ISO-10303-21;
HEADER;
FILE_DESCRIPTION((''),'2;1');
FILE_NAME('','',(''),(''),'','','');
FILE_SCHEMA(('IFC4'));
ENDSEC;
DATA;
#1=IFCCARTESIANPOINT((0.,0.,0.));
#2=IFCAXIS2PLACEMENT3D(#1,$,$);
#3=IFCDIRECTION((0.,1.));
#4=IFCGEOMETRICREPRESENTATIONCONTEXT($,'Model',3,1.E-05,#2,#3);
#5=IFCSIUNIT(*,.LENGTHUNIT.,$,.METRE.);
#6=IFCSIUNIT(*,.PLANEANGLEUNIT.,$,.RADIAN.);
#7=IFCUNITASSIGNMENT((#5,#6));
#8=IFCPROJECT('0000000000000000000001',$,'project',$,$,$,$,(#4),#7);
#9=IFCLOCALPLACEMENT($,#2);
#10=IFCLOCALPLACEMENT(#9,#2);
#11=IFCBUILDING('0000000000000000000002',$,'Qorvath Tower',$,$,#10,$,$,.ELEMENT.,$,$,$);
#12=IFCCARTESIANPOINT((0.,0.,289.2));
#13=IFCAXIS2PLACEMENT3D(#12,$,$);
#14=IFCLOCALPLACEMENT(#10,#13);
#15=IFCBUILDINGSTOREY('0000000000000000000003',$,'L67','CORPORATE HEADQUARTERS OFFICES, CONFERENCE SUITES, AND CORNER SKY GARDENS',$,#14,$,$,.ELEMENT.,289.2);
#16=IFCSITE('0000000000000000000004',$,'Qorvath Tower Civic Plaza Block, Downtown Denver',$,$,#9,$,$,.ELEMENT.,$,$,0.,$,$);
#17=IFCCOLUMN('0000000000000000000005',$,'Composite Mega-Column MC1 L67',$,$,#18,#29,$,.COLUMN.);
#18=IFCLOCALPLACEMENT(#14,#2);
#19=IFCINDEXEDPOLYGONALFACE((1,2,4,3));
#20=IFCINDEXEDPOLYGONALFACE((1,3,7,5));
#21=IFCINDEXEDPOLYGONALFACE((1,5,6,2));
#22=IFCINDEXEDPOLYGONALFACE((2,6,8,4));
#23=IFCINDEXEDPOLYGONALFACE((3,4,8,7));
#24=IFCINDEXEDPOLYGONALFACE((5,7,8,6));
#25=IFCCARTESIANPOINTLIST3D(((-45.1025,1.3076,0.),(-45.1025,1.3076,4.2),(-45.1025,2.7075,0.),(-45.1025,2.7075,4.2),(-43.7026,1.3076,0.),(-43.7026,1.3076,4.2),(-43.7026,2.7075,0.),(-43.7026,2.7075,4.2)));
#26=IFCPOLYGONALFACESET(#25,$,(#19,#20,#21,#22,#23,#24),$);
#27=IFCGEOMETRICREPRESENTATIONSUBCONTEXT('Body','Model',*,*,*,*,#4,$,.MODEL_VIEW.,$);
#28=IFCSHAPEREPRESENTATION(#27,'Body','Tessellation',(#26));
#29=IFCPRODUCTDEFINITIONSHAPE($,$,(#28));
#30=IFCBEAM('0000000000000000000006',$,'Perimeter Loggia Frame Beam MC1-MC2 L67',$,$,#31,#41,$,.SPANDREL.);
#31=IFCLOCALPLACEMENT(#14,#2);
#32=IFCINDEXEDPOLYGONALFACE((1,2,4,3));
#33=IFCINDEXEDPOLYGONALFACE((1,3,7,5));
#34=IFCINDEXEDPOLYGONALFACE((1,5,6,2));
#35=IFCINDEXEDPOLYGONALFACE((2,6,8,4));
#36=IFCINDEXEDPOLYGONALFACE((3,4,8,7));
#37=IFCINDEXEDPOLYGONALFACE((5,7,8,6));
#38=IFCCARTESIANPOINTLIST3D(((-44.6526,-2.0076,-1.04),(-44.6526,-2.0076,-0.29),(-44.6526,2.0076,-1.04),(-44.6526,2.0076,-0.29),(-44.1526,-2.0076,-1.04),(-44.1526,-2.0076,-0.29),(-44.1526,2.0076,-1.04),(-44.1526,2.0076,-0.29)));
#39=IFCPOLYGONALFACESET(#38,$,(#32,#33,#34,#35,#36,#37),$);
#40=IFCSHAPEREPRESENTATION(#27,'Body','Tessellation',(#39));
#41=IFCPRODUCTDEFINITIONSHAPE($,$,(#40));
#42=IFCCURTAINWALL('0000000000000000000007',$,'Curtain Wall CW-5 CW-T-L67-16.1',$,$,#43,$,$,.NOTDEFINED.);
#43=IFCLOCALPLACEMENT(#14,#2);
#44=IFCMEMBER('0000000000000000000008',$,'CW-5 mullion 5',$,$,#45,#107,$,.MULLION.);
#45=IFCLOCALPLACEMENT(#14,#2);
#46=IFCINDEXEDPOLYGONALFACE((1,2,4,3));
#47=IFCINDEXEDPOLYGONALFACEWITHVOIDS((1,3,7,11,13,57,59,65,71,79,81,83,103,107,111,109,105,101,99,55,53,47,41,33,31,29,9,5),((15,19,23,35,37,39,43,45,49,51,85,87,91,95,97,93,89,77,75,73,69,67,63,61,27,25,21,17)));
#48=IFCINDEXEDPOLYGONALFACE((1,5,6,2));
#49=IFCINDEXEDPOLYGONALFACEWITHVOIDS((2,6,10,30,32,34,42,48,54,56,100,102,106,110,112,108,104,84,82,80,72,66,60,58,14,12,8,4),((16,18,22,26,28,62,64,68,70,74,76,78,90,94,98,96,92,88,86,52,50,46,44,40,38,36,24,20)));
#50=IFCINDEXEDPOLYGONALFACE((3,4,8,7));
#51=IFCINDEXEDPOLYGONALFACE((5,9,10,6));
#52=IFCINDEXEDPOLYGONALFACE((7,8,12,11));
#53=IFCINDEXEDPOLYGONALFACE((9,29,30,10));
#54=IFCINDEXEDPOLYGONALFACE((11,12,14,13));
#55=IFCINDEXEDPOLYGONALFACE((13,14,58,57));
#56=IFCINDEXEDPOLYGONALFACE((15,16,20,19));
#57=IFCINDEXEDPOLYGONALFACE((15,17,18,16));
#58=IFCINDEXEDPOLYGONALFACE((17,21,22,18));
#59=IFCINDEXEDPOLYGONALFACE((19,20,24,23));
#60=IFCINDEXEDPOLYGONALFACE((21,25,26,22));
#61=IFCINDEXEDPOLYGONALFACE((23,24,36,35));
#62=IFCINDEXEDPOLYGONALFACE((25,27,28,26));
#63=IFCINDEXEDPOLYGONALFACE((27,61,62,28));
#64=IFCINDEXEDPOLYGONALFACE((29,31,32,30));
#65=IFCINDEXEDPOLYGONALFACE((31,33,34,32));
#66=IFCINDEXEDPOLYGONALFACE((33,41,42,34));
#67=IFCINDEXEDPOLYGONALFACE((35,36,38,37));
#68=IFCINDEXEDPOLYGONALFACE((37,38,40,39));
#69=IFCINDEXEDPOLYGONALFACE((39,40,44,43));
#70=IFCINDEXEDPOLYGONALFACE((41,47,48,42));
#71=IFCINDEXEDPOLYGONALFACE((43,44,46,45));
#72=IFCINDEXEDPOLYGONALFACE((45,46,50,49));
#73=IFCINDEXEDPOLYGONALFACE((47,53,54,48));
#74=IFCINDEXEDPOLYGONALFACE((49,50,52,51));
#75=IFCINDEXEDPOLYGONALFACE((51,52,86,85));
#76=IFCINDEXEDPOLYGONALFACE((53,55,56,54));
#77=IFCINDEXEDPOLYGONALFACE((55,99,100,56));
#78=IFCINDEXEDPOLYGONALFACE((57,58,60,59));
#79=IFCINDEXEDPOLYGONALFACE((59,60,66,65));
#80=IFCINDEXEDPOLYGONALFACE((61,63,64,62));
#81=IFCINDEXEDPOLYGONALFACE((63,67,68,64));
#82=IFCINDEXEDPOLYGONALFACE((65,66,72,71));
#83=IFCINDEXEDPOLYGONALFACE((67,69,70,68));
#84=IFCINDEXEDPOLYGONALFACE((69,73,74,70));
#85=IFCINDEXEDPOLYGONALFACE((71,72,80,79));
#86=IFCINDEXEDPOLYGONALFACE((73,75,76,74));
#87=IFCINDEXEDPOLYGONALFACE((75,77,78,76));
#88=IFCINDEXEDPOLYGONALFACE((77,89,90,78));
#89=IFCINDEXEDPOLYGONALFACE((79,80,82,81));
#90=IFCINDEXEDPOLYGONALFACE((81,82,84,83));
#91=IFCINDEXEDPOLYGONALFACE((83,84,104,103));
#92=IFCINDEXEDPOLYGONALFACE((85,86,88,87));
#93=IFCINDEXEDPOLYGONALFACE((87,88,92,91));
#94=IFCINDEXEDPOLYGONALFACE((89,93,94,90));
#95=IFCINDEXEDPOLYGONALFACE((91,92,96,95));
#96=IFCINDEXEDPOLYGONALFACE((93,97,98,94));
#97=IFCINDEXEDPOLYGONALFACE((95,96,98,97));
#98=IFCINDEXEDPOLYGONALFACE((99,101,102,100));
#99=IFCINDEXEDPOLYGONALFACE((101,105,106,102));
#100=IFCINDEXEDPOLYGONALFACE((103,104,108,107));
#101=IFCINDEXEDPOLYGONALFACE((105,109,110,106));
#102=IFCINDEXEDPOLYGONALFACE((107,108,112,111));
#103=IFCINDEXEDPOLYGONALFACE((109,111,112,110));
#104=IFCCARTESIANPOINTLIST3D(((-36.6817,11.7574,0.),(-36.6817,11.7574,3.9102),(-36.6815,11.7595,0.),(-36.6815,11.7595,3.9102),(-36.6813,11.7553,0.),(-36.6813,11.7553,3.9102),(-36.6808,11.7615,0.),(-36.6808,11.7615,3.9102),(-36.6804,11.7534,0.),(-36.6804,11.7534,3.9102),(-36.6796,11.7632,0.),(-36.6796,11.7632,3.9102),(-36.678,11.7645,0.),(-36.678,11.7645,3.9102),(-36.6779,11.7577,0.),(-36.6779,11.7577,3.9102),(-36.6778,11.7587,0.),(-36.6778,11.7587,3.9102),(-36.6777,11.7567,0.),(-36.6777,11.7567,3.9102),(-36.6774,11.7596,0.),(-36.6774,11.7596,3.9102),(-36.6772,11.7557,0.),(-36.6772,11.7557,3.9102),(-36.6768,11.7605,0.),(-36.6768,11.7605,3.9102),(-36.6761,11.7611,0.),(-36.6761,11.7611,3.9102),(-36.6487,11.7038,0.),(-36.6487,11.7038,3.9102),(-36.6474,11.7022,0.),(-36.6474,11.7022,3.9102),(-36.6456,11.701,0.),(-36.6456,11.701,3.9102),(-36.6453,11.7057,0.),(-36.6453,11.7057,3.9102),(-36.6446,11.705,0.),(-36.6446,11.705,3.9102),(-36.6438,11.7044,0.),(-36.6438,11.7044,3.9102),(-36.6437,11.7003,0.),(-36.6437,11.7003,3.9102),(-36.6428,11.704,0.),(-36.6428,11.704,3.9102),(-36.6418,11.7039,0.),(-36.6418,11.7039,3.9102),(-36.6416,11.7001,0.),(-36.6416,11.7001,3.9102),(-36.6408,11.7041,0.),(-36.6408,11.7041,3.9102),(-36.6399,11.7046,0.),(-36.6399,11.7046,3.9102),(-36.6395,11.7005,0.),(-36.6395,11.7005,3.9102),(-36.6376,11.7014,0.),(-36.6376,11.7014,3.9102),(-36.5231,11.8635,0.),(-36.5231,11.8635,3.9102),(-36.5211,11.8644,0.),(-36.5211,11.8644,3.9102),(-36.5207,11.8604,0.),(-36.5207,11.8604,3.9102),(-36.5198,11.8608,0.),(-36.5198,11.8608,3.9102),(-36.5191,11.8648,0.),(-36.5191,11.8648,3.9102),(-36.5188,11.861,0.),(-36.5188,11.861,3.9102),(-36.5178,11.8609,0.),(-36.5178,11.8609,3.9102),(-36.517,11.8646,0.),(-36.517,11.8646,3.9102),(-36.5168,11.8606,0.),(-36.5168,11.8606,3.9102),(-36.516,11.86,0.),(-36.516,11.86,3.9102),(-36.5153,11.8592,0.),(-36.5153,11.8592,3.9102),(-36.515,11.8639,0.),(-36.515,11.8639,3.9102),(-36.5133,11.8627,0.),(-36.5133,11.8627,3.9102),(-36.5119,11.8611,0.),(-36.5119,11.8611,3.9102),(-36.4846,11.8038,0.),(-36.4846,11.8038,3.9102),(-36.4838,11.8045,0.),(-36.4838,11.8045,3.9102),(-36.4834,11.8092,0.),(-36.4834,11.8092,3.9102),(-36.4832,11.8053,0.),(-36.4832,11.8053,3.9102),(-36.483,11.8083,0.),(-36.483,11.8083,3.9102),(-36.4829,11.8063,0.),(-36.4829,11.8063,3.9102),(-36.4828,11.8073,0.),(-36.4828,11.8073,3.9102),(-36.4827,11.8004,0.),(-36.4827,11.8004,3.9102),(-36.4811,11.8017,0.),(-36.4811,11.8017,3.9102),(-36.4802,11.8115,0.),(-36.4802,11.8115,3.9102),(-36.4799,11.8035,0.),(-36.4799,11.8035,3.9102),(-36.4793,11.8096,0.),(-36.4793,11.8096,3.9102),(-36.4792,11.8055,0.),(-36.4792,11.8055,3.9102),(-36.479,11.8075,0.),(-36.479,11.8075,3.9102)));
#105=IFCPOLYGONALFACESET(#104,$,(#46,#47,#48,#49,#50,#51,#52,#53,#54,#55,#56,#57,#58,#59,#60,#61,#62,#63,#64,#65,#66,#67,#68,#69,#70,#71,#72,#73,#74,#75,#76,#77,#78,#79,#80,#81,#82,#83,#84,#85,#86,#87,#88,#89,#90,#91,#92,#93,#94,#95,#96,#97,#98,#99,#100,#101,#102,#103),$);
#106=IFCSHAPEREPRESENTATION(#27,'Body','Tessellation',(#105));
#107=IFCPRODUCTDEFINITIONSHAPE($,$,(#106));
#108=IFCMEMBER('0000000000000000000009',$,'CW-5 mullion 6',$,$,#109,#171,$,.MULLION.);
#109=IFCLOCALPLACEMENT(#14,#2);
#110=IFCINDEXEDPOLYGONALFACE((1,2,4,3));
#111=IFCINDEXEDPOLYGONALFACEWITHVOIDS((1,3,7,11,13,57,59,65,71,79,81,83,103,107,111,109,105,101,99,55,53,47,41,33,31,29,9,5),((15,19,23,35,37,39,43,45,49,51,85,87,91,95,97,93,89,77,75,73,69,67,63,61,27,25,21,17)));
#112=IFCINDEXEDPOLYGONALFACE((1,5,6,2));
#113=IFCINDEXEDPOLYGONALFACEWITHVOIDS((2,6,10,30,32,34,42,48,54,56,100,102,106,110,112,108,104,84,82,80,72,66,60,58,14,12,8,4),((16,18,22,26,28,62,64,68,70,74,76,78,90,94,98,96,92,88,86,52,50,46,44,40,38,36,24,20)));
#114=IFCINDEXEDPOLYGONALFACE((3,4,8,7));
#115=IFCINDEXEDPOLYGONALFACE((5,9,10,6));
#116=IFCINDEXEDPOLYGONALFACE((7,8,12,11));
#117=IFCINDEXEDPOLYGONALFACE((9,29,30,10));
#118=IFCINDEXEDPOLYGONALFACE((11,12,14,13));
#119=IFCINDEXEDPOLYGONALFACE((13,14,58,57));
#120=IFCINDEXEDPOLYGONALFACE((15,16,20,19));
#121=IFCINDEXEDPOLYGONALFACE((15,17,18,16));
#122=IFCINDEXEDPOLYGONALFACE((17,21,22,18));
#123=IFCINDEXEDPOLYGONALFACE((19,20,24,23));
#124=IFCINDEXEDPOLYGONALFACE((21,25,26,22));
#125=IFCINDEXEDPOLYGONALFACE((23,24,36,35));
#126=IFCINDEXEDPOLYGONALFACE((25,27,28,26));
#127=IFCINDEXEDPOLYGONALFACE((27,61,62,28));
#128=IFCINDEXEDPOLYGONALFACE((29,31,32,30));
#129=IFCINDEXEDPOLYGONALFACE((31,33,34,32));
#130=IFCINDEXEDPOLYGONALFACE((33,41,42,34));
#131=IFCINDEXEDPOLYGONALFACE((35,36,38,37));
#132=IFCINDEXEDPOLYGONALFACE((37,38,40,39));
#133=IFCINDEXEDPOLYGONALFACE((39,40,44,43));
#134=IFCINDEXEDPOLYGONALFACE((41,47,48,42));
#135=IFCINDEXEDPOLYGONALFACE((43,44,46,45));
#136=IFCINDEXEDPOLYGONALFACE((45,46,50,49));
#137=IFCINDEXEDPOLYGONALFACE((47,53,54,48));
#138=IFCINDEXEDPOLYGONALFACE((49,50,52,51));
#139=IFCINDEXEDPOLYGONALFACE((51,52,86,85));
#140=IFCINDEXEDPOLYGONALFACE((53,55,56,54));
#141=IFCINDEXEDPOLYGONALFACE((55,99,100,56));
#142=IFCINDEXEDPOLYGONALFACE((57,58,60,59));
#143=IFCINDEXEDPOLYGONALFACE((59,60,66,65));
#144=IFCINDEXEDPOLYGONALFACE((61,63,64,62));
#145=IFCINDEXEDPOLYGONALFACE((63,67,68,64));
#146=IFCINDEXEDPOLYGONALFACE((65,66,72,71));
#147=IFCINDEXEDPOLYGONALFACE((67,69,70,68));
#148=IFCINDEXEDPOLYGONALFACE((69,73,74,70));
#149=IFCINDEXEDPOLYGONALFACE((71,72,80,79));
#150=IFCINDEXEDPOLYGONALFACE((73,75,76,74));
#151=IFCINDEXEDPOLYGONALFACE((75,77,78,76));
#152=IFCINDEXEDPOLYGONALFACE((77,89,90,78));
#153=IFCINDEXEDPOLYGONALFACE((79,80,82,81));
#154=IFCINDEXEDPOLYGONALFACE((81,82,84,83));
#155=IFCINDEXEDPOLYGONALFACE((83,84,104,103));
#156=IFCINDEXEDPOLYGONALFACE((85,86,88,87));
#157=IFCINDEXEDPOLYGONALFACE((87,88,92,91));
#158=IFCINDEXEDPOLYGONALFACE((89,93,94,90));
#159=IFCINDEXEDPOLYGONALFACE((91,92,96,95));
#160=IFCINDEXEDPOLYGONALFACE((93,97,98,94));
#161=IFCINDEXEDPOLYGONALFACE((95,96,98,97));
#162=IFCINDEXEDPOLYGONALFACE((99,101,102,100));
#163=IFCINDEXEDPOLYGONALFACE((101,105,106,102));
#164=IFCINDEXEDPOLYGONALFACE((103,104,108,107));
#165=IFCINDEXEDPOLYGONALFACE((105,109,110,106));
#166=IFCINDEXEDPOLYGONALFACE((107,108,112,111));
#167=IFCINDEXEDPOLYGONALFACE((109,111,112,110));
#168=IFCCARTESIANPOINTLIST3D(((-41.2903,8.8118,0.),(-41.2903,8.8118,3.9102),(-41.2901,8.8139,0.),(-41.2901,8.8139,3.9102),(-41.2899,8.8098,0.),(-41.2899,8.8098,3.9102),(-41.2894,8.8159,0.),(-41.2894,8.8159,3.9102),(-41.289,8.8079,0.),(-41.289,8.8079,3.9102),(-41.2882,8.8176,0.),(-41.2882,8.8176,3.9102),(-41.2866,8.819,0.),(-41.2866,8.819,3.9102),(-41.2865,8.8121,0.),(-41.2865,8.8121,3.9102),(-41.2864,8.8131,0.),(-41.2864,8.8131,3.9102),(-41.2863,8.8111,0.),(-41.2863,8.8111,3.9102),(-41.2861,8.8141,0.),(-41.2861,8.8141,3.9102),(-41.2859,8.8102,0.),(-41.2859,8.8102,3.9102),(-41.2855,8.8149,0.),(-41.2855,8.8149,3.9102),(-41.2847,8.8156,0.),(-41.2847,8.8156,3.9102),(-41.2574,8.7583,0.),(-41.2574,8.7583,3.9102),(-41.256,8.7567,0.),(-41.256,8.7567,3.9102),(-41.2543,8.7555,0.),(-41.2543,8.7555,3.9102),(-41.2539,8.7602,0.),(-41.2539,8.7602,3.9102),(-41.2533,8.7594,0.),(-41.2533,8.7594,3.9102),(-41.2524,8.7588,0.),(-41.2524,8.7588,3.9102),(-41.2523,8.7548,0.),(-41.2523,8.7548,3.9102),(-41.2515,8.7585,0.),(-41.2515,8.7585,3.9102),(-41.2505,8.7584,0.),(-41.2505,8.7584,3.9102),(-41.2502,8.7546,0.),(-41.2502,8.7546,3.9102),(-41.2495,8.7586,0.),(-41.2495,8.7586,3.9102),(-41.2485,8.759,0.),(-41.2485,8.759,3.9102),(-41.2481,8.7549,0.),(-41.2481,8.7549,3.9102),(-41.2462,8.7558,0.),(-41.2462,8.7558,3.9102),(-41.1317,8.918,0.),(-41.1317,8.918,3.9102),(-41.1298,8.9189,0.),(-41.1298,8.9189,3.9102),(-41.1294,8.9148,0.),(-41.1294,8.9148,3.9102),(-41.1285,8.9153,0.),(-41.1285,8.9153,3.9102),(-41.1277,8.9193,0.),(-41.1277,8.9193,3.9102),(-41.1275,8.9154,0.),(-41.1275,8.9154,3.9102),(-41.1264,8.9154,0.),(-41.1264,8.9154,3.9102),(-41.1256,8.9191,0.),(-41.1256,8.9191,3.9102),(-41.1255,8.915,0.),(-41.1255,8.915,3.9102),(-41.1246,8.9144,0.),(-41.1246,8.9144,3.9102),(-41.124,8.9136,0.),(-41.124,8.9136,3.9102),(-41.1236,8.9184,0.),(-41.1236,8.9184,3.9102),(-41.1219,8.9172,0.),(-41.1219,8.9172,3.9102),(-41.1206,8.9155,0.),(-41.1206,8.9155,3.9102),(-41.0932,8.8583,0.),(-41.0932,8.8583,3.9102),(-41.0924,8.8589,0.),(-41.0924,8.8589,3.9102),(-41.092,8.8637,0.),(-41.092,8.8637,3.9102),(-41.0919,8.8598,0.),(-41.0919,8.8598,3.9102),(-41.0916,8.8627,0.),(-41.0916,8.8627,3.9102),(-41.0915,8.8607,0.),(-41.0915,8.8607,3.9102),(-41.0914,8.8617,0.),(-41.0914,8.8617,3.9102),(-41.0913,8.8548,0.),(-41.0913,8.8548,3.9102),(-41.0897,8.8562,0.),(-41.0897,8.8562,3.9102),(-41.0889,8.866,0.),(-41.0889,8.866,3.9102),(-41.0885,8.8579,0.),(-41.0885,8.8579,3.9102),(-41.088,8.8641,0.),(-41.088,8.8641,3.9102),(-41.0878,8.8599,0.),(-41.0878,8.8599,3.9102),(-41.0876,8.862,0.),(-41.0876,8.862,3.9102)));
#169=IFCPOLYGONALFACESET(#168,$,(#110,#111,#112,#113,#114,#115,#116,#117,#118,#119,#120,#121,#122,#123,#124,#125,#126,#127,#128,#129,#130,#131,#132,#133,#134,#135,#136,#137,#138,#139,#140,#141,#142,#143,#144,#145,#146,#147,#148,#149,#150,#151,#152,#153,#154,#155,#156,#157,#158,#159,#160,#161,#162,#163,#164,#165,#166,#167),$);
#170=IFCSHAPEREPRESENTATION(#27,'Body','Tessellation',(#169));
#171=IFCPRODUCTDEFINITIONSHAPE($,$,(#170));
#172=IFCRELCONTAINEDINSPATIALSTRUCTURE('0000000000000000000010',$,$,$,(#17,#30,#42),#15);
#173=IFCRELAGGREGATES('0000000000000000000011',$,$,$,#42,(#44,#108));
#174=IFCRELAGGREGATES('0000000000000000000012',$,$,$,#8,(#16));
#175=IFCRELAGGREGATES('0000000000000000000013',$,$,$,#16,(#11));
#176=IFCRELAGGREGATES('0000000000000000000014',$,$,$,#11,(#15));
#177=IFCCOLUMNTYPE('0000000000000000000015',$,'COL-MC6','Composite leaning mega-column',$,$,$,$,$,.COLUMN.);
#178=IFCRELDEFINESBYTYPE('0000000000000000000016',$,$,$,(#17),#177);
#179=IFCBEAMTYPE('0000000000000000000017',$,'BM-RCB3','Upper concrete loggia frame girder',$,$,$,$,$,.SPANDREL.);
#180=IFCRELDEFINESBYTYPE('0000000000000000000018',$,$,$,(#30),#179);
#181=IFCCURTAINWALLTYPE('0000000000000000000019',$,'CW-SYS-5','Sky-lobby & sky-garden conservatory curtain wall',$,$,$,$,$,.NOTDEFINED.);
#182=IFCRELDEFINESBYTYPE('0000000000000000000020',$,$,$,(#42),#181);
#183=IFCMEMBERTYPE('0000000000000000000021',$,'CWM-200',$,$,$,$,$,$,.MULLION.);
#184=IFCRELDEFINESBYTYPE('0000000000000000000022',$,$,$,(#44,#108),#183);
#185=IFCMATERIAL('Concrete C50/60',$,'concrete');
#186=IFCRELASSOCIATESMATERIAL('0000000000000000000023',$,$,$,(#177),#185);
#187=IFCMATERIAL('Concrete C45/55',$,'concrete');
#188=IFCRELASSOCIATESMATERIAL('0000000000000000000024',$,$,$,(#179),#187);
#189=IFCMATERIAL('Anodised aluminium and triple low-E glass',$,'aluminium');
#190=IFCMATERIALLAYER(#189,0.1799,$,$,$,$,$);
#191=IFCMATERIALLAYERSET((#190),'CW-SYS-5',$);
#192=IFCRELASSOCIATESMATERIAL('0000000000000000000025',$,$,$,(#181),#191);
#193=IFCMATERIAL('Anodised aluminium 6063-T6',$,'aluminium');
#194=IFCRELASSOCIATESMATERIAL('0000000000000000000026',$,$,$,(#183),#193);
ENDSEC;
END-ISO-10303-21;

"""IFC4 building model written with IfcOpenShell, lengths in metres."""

from ifc_helpers import new_model, si_unit, direction, frame, origin, origin_2d, place, context, subcontext, project, spatial, rectangle, hollow_rectangle, extrude, material, layer, layer_set, material_profile, profile_set, type_object, element, aggregate, save


model = new_model("IFC4")

# Units and contexts
model_context = context("Model", 3, precision=1e-05, world=origin(), true_north=direction((0.0, 1.0)))
body_context = subcontext(model_context, "Body", "Model", "MODEL_VIEW")
ifc_project = project(units=[si_unit("LENGTHUNIT", "METRE"), si_unit("PLANEANGLEUNIT", "RADIAN")], contexts=[model_context])

# Site, building, storey
site_placement = place(None, origin())
site = spatial("IfcSite", under=ifc_project, at=site_placement, Name="Qorvath Tower Civic Plaza Block, Downtown Denver", CompositionType="ELEMENT", RefElevation=0.0)
building_placement = place(site_placement, origin())
building = spatial("IfcBuilding", under=site, at=building_placement, Name="Qorvath Tower", CompositionType="ELEMENT")
storey_placement = place(building_placement, frame((0.0, 0.0, 289.2)))
storey = spatial("IfcBuildingStorey", under=building, at=storey_placement, Name="L67", Description="CORPORATE HEADQUARTERS OFFICES, CONFERENCE SUITES, AND CORNER SKY GARDENS", CompositionType="ELEMENT", Elevation=289.2)

# Column
ifc_material_1 = material(Name="Concrete C50/60", Category="concrete")
ifc_material_profile_1 = material_profile(ifc_material_1, rectangle(XDim=1.3999, YDim=1.3999, at=origin_2d()), Name="MC 1400x1400")
ifc_profile_set_1 = profile_set([ifc_material_profile_1], Name="Concrete C50/60")
column_type = type_object("IfcColumnType", Name="COL-MC6", Description="Composite leaning mega-column", PredefinedType="COLUMN", material=ifc_profile_set_1)
column_placement = place(storey_placement, frame((-44.4026, 2.0076, 0.0), z_axis=(0.0, 0.0, 1.0), x_axis=(1.0, 0.0, 0.0)))
element("IfcColumn", 1, at=column_placement, inside=storey, type_object=column_type, Name="Composite Mega-Column MC1 L67", PredefinedType="COLUMN", context=body_context, shape_type="SweptSolid", body=[
    extrude(rectangle(XDim=1.3999, YDim=1.3999, at=origin_2d()), origin(), (0.0, 0.0, 1.0), 4.2),
])

# Beam
ifc_material_2 = material(Name="Concrete C45/55", Category="concrete")
ifc_material_profile_2 = material_profile(ifc_material_2, rectangle(XDim=0.5, YDim=0.75, at=origin_2d()), Name="RCB 750x500")
ifc_profile_set_2 = profile_set([ifc_material_profile_2], Name="Concrete C45/55")
beam_type = type_object("IfcBeamType", Name="BM-RCB3", Description="Upper concrete loggia frame girder", PredefinedType="SPANDREL", material=ifc_profile_set_2)
beam_placement = place(storey_placement, frame((-44.4026, 2.0076, -0.665), z_axis=(0.0, -1.0, 0.0), x_axis=(1.0, 0.0, 0.0)))
element("IfcBeam", 2, at=beam_placement, inside=storey, type_object=beam_type, Name="Perimeter Loggia Frame Beam MC1-MC2 L67", PredefinedType="SPANDREL", context=body_context, shape_type="SweptSolid", body=[
    extrude(rectangle(XDim=0.5, YDim=0.75, at=origin_2d()), origin(), (0.0, 0.0, 1.0), 4.0151),
])

# Curtain wall, members
ifc_material_3 = material(Name="Anodised aluminium and triple low-E glass", Category="aluminium")
ifc_layer_1 = layer(ifc_material_3, 0.1799)
ifc_layer_set_1 = layer_set([ifc_layer_1], Name="CW-SYS-5")
curtain_wall_type = type_object("IfcCurtainWallType", Name="CW-SYS-5", Description="Sky-lobby & sky-garden conservatory curtain wall", PredefinedType="NOTDEFINED", material=ifc_layer_set_1)
curtain_wall_placement = place(storey_placement, origin())
curtain_wall = element("IfcCurtainWall", 3, at=curtain_wall_placement, inside=storey, type_object=curtain_wall_type, Name="Curtain Wall CW-5 CW-T-L67-16.1", PredefinedType="NOTDEFINED")
ifc_material_4 = material(Name="Anodised aluminium 6063-T6", Category="aluminium")
ifc_material_profile_3 = material_profile(ifc_material_4, hollow_rectangle(XDim=0.075, YDim=0.2, WallThickness=0.0039, InnerFilletRadius=0.0039, OuterFilletRadius=0.0081, at=origin_2d()), Name="CWM 200x75")
ifc_profile_set_3 = profile_set([ifc_material_profile_3], Name="Anodised aluminium 6063-T6")
member_type_1 = type_object("IfcMemberType", Name="CWM-200", PredefinedType="MULLION", material=ifc_profile_set_3)
member_1_placement = place(storey_placement, frame((-36.5803, 11.7825, 0.0), z_axis=(0.0, 0.0, 1.0), x_axis=(0.538537, -0.842602, 0.0)))
member_1 = element("IfcMember", 4, at=member_1_placement, type_object=member_type_1, Name="CW-5 mullion 5", PredefinedType="MULLION", context=body_context, shape_type="SweptSolid", body=[
    extrude(hollow_rectangle(XDim=0.075, YDim=0.2, WallThickness=0.0039, InnerFilletRadius=0.0039, OuterFilletRadius=0.0081, at=origin_2d()), origin(), (0.0, 0.0, 1.0), 3.9102),
])
member_2_placement = place(storey_placement, frame((-41.189, 8.8369, 0.0), z_axis=(0.0, 0.0, 1.0), x_axis=(0.538537, -0.842602, 0.0)))
member_2 = element("IfcMember", 5, at=member_2_placement, type_object=member_type_1, Name="CW-5 mullion 6", PredefinedType="MULLION", context=body_context, shape_type="SweptSolid", body=[
    extrude(hollow_rectangle(XDim=0.075, YDim=0.2, WallThickness=0.0039, InnerFilletRadius=0.0039, OuterFilletRadius=0.0081, at=origin_2d()), origin(), (0.0, 0.0, 1.0), 3.9102),
])

aggregate(curtain_wall, [member_1, member_2])

save(model, "model.ifc")
